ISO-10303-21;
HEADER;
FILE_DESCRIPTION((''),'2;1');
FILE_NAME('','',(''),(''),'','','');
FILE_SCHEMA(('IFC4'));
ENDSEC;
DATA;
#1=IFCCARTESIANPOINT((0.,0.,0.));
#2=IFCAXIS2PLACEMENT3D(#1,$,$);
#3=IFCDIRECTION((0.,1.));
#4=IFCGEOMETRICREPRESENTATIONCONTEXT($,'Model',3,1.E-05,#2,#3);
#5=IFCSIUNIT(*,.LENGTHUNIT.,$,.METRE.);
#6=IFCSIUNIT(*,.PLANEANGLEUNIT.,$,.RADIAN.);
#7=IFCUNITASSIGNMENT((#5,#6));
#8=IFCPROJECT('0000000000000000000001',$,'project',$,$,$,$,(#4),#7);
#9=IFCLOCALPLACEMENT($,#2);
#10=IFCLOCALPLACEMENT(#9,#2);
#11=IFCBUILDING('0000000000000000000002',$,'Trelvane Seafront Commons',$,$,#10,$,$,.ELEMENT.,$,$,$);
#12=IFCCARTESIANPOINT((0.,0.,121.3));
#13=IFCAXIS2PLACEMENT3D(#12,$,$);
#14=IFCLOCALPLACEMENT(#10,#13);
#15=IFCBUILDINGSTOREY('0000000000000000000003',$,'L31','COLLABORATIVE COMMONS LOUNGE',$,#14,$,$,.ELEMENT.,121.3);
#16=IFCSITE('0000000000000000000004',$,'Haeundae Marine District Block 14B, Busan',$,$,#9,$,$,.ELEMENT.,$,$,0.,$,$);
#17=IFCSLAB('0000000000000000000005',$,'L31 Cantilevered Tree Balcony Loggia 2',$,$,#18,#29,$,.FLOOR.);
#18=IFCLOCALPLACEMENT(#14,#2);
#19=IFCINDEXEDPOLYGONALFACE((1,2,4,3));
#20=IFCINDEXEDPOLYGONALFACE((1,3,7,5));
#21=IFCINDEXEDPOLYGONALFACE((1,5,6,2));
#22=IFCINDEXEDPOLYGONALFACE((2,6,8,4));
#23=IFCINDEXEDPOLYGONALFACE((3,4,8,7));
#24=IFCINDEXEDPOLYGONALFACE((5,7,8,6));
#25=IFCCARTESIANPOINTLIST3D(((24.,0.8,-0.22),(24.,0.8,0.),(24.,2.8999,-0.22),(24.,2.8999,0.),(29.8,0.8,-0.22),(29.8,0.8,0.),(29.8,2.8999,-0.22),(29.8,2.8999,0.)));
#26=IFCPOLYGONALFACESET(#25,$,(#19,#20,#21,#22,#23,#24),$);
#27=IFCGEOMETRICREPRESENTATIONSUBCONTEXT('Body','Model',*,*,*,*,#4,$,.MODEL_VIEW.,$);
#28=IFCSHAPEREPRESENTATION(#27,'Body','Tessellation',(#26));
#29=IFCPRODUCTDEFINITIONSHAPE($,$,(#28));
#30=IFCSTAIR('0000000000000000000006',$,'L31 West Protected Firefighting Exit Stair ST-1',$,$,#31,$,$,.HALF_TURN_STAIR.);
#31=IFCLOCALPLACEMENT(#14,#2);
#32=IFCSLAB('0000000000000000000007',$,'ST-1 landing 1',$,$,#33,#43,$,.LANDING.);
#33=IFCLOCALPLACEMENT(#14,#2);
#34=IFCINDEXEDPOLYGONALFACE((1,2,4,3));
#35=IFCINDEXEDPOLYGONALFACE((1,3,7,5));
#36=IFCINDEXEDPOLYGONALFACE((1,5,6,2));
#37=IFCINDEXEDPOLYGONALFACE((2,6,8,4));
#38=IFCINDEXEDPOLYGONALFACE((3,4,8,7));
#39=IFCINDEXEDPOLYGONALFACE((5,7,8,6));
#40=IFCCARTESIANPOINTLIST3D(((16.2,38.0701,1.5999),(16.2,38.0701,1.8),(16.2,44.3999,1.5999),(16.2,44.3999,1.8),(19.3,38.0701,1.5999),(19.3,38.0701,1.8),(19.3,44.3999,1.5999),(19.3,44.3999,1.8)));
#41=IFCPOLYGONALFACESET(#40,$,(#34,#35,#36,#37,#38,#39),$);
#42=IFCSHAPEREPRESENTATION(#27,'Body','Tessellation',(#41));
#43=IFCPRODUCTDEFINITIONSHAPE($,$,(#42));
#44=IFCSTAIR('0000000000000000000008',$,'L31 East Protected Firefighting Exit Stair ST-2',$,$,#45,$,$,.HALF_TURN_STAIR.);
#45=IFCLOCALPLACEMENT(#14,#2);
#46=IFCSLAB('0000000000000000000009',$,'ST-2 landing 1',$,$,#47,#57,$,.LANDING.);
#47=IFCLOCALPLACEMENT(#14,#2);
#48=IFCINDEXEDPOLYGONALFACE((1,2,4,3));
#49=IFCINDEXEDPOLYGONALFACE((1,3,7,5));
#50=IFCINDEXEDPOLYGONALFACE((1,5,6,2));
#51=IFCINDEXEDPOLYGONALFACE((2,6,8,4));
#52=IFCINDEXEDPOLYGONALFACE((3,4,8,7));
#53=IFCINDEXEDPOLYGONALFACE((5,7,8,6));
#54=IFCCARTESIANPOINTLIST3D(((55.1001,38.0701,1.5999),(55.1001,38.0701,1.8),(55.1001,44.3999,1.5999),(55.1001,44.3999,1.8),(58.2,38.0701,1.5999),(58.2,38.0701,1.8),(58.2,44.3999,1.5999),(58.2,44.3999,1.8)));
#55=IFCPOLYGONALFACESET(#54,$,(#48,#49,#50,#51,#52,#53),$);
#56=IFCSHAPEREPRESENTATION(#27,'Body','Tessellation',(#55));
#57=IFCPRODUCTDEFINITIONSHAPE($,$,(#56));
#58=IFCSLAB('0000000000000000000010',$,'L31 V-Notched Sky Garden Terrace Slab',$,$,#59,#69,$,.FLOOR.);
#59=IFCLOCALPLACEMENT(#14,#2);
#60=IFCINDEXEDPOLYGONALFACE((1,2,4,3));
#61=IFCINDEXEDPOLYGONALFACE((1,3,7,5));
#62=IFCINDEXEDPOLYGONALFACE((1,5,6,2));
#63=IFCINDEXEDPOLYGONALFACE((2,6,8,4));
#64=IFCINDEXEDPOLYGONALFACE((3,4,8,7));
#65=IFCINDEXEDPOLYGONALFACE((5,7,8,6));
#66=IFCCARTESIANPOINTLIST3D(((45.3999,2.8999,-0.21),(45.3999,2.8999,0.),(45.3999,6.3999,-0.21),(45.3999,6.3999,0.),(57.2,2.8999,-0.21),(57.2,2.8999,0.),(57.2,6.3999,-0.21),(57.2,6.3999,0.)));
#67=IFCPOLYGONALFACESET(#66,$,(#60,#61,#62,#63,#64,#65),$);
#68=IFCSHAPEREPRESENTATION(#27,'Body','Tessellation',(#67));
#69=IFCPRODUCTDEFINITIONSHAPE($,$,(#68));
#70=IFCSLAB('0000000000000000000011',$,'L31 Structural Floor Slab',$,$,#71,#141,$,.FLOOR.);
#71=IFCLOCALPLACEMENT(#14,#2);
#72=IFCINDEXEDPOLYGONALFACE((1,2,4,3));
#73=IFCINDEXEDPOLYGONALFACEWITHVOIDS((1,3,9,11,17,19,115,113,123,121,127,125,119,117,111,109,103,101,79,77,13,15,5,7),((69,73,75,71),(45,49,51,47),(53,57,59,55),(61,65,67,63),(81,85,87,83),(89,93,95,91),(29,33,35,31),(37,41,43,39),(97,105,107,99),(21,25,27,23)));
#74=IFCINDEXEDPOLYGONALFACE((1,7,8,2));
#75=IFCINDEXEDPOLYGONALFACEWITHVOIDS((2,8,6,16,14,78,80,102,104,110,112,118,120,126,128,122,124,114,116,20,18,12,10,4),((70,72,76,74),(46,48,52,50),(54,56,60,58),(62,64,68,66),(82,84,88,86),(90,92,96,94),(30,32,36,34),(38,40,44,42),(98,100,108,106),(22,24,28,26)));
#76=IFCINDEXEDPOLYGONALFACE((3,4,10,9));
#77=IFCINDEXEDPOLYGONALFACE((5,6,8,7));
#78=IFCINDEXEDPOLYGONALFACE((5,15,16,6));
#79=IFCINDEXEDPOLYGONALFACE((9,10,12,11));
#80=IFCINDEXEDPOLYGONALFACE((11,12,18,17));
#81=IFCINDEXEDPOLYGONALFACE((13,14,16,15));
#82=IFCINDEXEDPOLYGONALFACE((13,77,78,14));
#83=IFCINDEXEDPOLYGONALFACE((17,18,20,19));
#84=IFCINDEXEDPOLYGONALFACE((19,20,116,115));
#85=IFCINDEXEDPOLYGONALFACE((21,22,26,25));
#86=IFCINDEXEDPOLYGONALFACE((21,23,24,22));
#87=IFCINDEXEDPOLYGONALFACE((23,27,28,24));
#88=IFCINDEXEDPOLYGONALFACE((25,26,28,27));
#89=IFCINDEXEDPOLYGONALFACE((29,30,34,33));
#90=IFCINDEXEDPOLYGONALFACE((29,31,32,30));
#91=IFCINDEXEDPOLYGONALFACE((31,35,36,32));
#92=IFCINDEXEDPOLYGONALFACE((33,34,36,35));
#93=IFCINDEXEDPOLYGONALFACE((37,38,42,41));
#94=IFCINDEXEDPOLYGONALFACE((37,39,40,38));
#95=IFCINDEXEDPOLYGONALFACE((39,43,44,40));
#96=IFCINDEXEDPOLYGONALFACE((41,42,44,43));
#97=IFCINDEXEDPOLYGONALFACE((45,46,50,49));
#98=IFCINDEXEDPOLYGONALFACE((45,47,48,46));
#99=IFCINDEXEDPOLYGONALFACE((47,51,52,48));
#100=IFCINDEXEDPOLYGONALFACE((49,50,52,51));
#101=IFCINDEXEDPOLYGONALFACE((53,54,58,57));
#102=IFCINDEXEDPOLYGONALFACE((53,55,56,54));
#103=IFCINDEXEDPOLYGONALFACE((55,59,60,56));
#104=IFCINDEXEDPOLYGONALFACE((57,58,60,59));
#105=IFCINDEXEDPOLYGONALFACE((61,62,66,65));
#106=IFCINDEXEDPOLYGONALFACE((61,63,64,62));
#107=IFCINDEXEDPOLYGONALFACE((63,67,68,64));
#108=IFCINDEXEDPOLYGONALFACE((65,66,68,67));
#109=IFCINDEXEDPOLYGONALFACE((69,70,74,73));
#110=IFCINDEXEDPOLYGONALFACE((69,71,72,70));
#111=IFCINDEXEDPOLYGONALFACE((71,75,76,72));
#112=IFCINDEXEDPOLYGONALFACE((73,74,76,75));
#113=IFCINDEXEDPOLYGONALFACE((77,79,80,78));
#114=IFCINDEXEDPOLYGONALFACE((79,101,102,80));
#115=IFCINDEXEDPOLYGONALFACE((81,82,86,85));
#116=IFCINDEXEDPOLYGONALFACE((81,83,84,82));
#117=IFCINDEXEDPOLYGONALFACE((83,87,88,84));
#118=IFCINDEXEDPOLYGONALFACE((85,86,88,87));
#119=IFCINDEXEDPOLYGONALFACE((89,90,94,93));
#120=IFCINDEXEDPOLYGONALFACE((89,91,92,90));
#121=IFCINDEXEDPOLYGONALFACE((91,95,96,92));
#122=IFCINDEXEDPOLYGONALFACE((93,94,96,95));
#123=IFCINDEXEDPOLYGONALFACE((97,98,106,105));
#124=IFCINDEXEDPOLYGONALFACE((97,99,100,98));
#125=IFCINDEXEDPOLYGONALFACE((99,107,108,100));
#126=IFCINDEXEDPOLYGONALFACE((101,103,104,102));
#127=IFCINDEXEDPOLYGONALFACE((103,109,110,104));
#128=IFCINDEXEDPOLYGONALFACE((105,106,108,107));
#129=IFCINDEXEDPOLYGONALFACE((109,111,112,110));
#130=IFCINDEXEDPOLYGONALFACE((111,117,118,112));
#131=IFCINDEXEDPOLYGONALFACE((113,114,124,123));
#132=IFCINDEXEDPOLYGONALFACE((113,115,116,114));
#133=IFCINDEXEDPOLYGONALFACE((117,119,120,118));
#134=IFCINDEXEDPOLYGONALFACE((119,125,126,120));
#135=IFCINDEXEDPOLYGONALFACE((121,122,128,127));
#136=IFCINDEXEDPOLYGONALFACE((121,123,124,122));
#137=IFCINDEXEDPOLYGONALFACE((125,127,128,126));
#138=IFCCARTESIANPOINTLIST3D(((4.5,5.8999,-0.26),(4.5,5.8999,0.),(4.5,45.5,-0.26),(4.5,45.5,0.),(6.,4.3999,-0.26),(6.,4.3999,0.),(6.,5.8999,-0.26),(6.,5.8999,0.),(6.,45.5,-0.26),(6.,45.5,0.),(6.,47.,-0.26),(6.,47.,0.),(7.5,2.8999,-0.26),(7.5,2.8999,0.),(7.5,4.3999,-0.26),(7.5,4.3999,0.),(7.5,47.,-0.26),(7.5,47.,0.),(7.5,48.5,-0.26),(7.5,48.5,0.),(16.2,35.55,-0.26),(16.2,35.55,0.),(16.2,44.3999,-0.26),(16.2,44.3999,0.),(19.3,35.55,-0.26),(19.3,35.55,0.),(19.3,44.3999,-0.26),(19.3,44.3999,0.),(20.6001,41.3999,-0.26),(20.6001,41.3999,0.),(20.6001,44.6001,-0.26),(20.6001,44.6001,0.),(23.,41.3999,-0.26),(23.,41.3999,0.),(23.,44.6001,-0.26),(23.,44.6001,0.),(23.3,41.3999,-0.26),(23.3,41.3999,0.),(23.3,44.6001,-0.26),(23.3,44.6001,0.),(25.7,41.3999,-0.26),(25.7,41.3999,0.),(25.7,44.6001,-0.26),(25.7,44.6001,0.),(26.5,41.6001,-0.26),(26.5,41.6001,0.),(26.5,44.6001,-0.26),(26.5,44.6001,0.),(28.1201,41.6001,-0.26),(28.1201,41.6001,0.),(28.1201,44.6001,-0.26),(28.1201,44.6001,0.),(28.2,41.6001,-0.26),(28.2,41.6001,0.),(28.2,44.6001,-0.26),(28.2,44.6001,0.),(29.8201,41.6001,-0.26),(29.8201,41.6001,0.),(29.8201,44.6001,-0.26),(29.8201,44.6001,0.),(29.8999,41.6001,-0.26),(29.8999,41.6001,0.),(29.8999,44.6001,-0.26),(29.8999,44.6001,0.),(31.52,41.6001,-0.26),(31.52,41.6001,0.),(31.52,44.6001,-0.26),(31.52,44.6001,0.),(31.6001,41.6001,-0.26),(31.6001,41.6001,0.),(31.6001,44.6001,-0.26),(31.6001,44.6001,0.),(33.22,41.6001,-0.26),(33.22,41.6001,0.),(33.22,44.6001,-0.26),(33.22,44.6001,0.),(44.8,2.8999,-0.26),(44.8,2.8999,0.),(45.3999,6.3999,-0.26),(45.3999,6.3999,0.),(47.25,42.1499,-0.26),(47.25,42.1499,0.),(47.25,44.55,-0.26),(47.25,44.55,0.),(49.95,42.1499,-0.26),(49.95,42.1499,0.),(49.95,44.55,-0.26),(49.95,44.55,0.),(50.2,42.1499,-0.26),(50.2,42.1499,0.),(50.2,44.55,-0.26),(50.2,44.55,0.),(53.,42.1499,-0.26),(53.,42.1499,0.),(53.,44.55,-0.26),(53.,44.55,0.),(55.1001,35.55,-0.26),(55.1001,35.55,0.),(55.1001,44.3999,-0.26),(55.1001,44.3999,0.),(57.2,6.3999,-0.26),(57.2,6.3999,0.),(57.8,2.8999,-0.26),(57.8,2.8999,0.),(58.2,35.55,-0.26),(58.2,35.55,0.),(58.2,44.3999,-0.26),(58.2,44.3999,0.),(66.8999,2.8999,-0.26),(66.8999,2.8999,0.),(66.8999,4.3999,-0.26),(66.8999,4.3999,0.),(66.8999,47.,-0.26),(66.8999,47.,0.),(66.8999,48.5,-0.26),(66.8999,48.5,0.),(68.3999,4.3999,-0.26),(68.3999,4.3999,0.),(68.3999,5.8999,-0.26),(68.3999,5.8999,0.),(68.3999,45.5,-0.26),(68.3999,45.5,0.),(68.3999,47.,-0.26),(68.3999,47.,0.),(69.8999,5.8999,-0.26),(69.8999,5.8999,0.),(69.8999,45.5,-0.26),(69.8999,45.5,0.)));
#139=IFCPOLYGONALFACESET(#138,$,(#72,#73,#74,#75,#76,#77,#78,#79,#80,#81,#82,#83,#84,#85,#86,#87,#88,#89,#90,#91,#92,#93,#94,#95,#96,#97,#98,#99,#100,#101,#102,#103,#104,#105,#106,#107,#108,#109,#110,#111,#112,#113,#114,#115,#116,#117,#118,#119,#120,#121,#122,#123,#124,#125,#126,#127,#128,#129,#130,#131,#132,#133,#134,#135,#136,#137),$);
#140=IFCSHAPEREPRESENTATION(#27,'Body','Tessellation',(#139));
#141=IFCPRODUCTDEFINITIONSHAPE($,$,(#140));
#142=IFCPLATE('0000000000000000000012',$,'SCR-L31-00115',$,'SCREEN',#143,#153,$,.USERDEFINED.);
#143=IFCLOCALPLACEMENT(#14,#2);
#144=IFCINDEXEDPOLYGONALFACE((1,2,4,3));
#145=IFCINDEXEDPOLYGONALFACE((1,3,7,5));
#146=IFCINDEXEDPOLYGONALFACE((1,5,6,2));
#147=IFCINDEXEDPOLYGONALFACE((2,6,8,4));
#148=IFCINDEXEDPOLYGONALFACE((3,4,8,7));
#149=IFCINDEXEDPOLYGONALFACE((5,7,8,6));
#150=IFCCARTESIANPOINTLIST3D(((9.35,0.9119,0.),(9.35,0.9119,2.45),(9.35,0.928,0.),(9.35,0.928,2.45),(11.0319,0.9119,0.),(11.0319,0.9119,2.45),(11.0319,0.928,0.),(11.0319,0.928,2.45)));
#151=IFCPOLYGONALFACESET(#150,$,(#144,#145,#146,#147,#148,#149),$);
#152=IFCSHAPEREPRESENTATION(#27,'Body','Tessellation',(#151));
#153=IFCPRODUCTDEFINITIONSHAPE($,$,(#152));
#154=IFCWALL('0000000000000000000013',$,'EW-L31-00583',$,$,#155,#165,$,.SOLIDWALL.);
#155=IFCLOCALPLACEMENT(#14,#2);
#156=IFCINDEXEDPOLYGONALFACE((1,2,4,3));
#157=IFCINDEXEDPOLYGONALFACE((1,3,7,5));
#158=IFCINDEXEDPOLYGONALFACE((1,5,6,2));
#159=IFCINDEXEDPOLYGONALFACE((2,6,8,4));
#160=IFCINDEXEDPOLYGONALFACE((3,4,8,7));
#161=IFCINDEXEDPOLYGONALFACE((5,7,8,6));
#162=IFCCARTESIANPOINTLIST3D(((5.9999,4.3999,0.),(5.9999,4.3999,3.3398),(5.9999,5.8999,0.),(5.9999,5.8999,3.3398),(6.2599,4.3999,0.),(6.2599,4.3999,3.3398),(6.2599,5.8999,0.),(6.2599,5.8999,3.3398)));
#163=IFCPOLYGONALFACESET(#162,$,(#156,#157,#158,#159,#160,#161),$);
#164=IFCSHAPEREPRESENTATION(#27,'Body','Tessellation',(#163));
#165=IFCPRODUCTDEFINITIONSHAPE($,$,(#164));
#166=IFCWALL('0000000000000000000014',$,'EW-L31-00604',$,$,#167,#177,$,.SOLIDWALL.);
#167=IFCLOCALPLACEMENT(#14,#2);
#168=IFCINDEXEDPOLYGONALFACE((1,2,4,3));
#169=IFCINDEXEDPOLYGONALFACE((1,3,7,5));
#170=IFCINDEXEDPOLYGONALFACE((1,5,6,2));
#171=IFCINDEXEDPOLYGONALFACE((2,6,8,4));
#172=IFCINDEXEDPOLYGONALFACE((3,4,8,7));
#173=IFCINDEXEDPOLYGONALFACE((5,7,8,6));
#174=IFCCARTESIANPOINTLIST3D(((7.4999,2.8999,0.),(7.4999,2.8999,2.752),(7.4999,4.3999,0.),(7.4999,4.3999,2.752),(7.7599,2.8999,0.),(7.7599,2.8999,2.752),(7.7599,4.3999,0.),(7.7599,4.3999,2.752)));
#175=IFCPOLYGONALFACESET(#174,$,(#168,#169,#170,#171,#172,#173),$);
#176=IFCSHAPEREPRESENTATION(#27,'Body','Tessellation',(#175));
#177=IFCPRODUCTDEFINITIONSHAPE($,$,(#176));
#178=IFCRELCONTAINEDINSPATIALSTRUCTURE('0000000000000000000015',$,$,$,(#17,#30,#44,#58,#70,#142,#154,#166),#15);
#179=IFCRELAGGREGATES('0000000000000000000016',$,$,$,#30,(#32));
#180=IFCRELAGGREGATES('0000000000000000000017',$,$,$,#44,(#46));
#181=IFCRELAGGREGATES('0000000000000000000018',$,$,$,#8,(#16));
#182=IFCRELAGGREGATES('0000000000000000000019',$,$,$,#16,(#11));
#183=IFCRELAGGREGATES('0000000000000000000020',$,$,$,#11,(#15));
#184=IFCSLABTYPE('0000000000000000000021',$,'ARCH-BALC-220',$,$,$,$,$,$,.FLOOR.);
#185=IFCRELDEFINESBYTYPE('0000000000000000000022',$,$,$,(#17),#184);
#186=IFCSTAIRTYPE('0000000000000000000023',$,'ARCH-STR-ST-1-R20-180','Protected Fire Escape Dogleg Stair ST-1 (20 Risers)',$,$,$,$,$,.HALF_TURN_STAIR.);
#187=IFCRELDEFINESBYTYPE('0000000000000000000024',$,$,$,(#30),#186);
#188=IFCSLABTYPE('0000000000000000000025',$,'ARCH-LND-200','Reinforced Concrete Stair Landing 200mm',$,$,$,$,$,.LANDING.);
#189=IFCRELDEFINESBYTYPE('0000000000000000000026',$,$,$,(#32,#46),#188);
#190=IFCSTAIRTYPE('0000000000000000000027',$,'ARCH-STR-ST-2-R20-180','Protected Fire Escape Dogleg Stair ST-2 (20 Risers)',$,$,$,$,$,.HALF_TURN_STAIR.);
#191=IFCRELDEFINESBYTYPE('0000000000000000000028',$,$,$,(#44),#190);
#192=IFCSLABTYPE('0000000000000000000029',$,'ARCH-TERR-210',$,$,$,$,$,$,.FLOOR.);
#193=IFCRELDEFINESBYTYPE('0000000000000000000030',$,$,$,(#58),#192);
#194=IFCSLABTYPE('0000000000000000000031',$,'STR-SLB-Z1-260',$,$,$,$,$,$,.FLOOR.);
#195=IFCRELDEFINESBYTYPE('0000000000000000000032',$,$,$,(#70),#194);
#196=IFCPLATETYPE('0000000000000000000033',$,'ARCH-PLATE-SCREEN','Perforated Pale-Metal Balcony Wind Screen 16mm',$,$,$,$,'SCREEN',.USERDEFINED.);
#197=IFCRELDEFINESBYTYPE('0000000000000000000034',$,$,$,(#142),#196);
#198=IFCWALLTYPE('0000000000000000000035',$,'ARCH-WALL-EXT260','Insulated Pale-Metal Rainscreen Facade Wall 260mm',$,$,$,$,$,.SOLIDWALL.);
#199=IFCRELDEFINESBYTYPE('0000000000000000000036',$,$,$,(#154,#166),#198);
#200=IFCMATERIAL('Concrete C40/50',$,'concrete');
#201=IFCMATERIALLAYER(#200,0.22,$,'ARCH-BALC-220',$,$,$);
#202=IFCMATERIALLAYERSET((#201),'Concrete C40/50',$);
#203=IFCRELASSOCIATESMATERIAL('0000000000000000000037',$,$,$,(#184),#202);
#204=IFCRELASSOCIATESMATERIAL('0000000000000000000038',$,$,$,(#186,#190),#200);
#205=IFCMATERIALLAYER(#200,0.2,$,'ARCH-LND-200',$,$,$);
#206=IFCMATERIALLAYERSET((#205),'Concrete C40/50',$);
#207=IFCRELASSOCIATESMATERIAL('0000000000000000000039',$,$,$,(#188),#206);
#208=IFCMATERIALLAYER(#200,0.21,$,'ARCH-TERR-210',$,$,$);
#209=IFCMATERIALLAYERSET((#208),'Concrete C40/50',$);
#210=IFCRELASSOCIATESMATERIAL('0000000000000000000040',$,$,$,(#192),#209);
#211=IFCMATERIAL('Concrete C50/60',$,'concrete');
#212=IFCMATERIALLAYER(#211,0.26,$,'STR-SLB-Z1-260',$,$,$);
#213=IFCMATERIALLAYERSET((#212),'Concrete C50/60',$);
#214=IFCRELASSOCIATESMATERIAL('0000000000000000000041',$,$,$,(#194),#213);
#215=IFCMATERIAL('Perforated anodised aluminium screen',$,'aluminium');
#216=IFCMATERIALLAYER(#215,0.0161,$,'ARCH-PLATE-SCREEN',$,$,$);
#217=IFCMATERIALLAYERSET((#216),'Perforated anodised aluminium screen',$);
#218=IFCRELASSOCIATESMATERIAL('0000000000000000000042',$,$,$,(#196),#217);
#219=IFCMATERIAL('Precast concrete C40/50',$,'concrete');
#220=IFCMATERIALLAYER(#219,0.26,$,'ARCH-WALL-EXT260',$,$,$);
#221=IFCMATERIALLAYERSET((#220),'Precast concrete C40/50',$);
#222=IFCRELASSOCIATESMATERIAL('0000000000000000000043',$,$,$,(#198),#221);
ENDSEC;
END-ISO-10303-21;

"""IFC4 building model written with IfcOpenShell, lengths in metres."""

from ifc_helpers import new_model, si_unit, direction, frame, frame_2d, origin, origin_2d, place, context, subcontext, project, spatial, polyline, rectangle, outline, extrude, source, transform, mapped, material, layer, layer_set, type_object, element, aggregate, save


model = new_model("IFC4")

# Units and contexts
model_context = context("Model", 3, precision=1e-05, world=origin(), true_north=direction((0.0, 1.0)))
body_context = subcontext(model_context, "Body", "Model", "MODEL_VIEW")
ifc_project = project(units=[si_unit("LENGTHUNIT", "METRE"), si_unit("PLANEANGLEUNIT", "RADIAN")], contexts=[model_context])

# Site, building, storey
site_placement = place(None, origin())
site = spatial("IfcSite", under=ifc_project, at=site_placement, Name="Haeundae Marine District Block 14B, Busan", CompositionType="ELEMENT", RefElevation=0.0)
building_placement = place(site_placement, origin())
building = spatial("IfcBuilding", under=site, at=building_placement, Name="Trelvane Seafront Commons", CompositionType="ELEMENT")
storey_placement = place(building_placement, frame((0.0, 0.0, 121.3)))
storey = spatial("IfcBuildingStorey", under=building, at=storey_placement, Name="L31", Description="COLLABORATIVE COMMONS LOUNGE", CompositionType="ELEMENT", Elevation=121.3)

# Slab
ifc_material_1 = material(Name="Concrete C40/50", Category="concrete")
ifc_layer_1 = layer(ifc_material_1, 0.22, Name="ARCH-BALC-220")
ifc_layer_set_1 = layer_set([ifc_layer_1], Name="Concrete C40/50")
slab_type_1 = type_object("IfcSlabType", Name="ARCH-BALC-220", PredefinedType="FLOOR", material=ifc_layer_set_1)
slab_1_placement = place(storey_placement, frame((0.0, 0.0, -0.22)))
element("IfcSlab", 1, at=slab_1_placement, inside=storey, type_object=slab_type_1, Name="L31 Cantilevered Tree Balcony Loggia 2", PredefinedType="FLOOR", context=body_context, shape_type="SweptSolid", body=[
    extrude(outline(polyline([(24.0, 0.8), (29.8, 0.8), (29.8, 2.8999), (24.0, 2.8999), (24.0, 0.8)])), origin(), (0.0, 0.0, 1.0), 0.22),
])

# Stairs, slabs
stair_type_1 = type_object("IfcStairType", Name="ARCH-STR-ST-1-R20-180", Description="Protected Fire Escape Dogleg Stair ST-1 (20 Risers)", PredefinedType="HALF_TURN_STAIR", material=ifc_material_1)
stair_1_placement = place(storey_placement, origin())
stair_1 = element("IfcStair", 2, at=stair_1_placement, inside=storey, type_object=stair_type_1, Name="L31 West Protected Firefighting Exit Stair ST-1", PredefinedType="HALF_TURN_STAIR")
ifc_layer_2 = layer(ifc_material_1, 0.2, Name="ARCH-LND-200")
ifc_layer_set_2 = layer_set([ifc_layer_2], Name="Concrete C40/50")
slab_type_2 = type_object("IfcSlabType", Name="ARCH-LND-200", Description="Reinforced Concrete Stair Landing 200mm", PredefinedType="LANDING", material=ifc_layer_set_2)
slab_2_placement = place(storey_placement, frame((0.0, 0.0, 1.5999)))
slab_2 = element("IfcSlab", 3, at=slab_2_placement, type_object=slab_type_2, Name="ST-1 landing 1", PredefinedType="LANDING", context=body_context, shape_type="SweptSolid", body=[
    extrude(outline(polyline([(19.3, 38.0701), (19.3, 44.3999), (16.2, 44.3999), (16.2, 38.0701), (19.3, 38.0701)])), origin(), (0.0, 0.0, 1.0), 0.2002),
])
aggregate(stair_1, [slab_2])
stair_type_2 = type_object("IfcStairType", Name="ARCH-STR-ST-2-R20-180", Description="Protected Fire Escape Dogleg Stair ST-2 (20 Risers)", PredefinedType="HALF_TURN_STAIR", material=ifc_material_1)
stair_2_placement = place(storey_placement, origin())
stair_2 = element("IfcStair", 4, at=stair_2_placement, inside=storey, type_object=stair_type_2, Name="L31 East Protected Firefighting Exit Stair ST-2", PredefinedType="HALF_TURN_STAIR")
slab_3_placement = place(storey_placement, frame((0.0, 0.0, 1.5999)))
slab_3 = element("IfcSlab", 5, at=slab_3_placement, type_object=slab_type_2, Name="ST-2 landing 1", PredefinedType="LANDING", context=body_context, shape_type="SweptSolid", body=[
    extrude(outline(polyline([(58.2, 38.0701), (58.2, 44.3999), (55.1001, 44.3999), (55.1001, 38.0701), (58.2, 38.0701)])), origin(), (0.0, 0.0, 1.0), 0.2002),
])
aggregate(stair_2, [slab_3])

# Slabs
ifc_layer_3 = layer(ifc_material_1, 0.21, Name="ARCH-TERR-210")
ifc_layer_set_3 = layer_set([ifc_layer_3], Name="Concrete C40/50")
slab_type_3 = type_object("IfcSlabType", Name="ARCH-TERR-210", PredefinedType="FLOOR", material=ifc_layer_set_3)
slab_4_placement = place(storey_placement, frame((0.0, 0.0, -0.21)))
element("IfcSlab", 6, at=slab_4_placement, inside=storey, type_object=slab_type_3, Name="L31 V-Notched Sky Garden Terrace Slab", PredefinedType="FLOOR", context=body_context, shape_type="SweptSolid", body=[
    extrude(outline(polyline([(45.3999, 2.8999), (57.2, 2.8999), (57.2, 6.3999), (45.3999, 6.3999), (45.3999, 2.8999)])), origin(), (0.0, 0.0, 1.0), 0.21),
])
ifc_material_2 = material(Name="Concrete C50/60", Category="concrete")
ifc_layer_4 = layer(ifc_material_2, 0.26, Name="STR-SLB-Z1-260")
ifc_layer_set_4 = layer_set([ifc_layer_4], Name="Concrete C50/60")
slab_type_4 = type_object("IfcSlabType", Name="STR-SLB-Z1-260", PredefinedType="FLOOR", material=ifc_layer_set_4)
slab_5_placement = place(storey_placement, frame((0.0, 0.0, -0.26)))
element("IfcSlab", 7, at=slab_5_placement, inside=storey, type_object=slab_type_4, Name="L31 Structural Floor Slab", PredefinedType="FLOOR", context=body_context, shape_type="SweptSolid", body=[
    extrude(outline(polyline([(7.5, 2.8999), (44.8, 2.8999), (45.3999, 6.3999), (57.2, 6.3999), (57.8, 2.8999), (66.8999, 2.8999), (66.8999, 4.3999), (68.3999, 4.3999), (68.3999, 5.8999), (69.8999, 5.8999), (69.8999, 45.5), (68.3999, 45.5), (68.3999, 47.0), (66.8999, 47.0), (66.8999, 48.5), (7.5, 48.5), (7.5, 47.0), (6.0, 47.0), (6.0, 45.5), (4.5, 45.5), (4.5, 5.8999), (6.0, 5.8999), (6.0, 4.3999), (7.5, 4.3999), (7.5, 2.8999)]), holes=[polyline([(19.3, 35.55), (16.2, 35.55), (16.2, 44.3999), (19.3, 44.3999), (19.3, 35.55)]), polyline([(58.2, 35.55), (55.1001, 35.55), (55.1001, 44.3999), (58.2, 44.3999), (58.2, 35.55)]), polyline([(23.0, 41.3999), (20.6001, 41.3999), (20.6001, 44.6001), (23.0, 44.6001), (23.0, 41.3999)]), polyline([(23.3, 41.3999), (23.3, 44.6001), (25.7, 44.6001), (25.7, 41.3999), (23.3, 41.3999)]), polyline([(26.5, 41.6001), (26.5, 44.6001), (28.1201, 44.6001), (28.1201, 41.6001), (26.5, 41.6001)]), polyline([(29.8201, 41.6001), (28.2, 41.6001), (28.2, 44.6001), (29.8201, 44.6001), (29.8201, 41.6001)]), polyline([(31.52, 41.6001), (29.8999, 41.6001), (29.8999, 44.6001), (31.52, 44.6001), (31.52, 41.6001)]), polyline([(33.22, 41.6001), (31.6001, 41.6001), (31.6001, 44.6001), (33.22, 44.6001), (33.22, 41.6001)]), polyline([(47.25, 42.1499), (47.25, 44.55), (49.95, 44.55), (49.95, 42.1499), (47.25, 42.1499)]), polyline([(50.2, 42.1499), (50.2, 44.55), (53.0, 44.55), (53.0, 42.1499), (50.2, 42.1499)])]), origin(), (0.0, 0.0, 1.0), 0.26),
])

# Plate
ifc_material_3 = material(Name="Perforated anodised aluminium screen", Category="aluminium")
ifc_layer_5 = layer(ifc_material_3, 0.0161, Name="ARCH-PLATE-SCREEN")
ifc_layer_set_5 = layer_set([ifc_layer_5], Name="Perforated anodised aluminium screen")
plate_type = type_object("IfcPlateType", Name="ARCH-PLATE-SCREEN", Description="Perforated Pale-Metal Balcony Wind Screen 16mm", ElementType="SCREEN", PredefinedType="USERDEFINED", material=ifc_layer_set_5)
shared_shape_1 = source(origin(), body_context, "Body", "SweptSolid", [
    extrude(rectangle(XDim=1.6819, YDim=0.0161, at=origin_2d()), origin(), (0.0, 0.0, 1.0), 2.45),
])
plate_placement = place(storey_placement, frame((10.1909, 0.9199, 0.0), z_axis=(0.0, 0.0, 1.0), x_axis=(1.0, 0.0, 0.0)))
element("IfcPlate", 8, at=plate_placement, inside=storey, type_object=plate_type, Name="SCR-L31-00115", ObjectType="SCREEN", PredefinedType="USERDEFINED", context=body_context, shape_type="MappedRepresentation", body=[
    mapped(shared_shape_1, transform((0.0, 0.0, 0.0), x_axis=(1.0, 0.0, 0.0), y_axis=(0.0, 1.0, 0.0), z_axis=(0.0, 0.0, 1.0), scale=1.0)),
])

# Walls
ifc_material_4 = material(Name="Precast concrete C40/50", Category="concrete")
ifc_layer_6 = layer(ifc_material_4, 0.26, Name="ARCH-WALL-EXT260")
ifc_layer_set_6 = layer_set([ifc_layer_6], Name="Precast concrete C40/50")
wall_type_1 = type_object("IfcWallType", Name="ARCH-WALL-EXT260", Description="Insulated Pale-Metal Rainscreen Facade Wall 260mm", PredefinedType="SOLIDWALL", material=ifc_layer_set_6)
wall_1_placement = place(storey_placement, frame((6.1299, 4.3999, 0.0), z_axis=(0.0, 0.0, 1.0), x_axis=(0.0, 1.0, 0.0)))
element("IfcWall", 9, at=wall_1_placement, inside=storey, type_object=wall_type_1, Name="EW-L31-00583", PredefinedType="SOLIDWALL", context=body_context, shape_type="SweptSolid", body=[
    extrude(rectangle(XDim=1.5, YDim=0.26, at=frame_2d((0.75, 0.0))), origin(), (0.0, 0.0, 1.0), 3.3398),
])
wall_2_placement = place(storey_placement, frame((7.6299, 2.8999, 0.0), z_axis=(0.0, 0.0, 1.0), x_axis=(0.0, 1.0, 0.0)))
element("IfcWall", 10, at=wall_2_placement, inside=storey, type_object=wall_type_1, Name="EW-L31-00604", PredefinedType="SOLIDWALL", context=body_context, shape_type="SweptSolid", body=[
    extrude(rectangle(XDim=1.5, YDim=0.26, at=frame_2d((0.75, 0.0))), origin(), (0.0, 0.0, 1.0), 2.752),
])

save(model, "model.ifc")
